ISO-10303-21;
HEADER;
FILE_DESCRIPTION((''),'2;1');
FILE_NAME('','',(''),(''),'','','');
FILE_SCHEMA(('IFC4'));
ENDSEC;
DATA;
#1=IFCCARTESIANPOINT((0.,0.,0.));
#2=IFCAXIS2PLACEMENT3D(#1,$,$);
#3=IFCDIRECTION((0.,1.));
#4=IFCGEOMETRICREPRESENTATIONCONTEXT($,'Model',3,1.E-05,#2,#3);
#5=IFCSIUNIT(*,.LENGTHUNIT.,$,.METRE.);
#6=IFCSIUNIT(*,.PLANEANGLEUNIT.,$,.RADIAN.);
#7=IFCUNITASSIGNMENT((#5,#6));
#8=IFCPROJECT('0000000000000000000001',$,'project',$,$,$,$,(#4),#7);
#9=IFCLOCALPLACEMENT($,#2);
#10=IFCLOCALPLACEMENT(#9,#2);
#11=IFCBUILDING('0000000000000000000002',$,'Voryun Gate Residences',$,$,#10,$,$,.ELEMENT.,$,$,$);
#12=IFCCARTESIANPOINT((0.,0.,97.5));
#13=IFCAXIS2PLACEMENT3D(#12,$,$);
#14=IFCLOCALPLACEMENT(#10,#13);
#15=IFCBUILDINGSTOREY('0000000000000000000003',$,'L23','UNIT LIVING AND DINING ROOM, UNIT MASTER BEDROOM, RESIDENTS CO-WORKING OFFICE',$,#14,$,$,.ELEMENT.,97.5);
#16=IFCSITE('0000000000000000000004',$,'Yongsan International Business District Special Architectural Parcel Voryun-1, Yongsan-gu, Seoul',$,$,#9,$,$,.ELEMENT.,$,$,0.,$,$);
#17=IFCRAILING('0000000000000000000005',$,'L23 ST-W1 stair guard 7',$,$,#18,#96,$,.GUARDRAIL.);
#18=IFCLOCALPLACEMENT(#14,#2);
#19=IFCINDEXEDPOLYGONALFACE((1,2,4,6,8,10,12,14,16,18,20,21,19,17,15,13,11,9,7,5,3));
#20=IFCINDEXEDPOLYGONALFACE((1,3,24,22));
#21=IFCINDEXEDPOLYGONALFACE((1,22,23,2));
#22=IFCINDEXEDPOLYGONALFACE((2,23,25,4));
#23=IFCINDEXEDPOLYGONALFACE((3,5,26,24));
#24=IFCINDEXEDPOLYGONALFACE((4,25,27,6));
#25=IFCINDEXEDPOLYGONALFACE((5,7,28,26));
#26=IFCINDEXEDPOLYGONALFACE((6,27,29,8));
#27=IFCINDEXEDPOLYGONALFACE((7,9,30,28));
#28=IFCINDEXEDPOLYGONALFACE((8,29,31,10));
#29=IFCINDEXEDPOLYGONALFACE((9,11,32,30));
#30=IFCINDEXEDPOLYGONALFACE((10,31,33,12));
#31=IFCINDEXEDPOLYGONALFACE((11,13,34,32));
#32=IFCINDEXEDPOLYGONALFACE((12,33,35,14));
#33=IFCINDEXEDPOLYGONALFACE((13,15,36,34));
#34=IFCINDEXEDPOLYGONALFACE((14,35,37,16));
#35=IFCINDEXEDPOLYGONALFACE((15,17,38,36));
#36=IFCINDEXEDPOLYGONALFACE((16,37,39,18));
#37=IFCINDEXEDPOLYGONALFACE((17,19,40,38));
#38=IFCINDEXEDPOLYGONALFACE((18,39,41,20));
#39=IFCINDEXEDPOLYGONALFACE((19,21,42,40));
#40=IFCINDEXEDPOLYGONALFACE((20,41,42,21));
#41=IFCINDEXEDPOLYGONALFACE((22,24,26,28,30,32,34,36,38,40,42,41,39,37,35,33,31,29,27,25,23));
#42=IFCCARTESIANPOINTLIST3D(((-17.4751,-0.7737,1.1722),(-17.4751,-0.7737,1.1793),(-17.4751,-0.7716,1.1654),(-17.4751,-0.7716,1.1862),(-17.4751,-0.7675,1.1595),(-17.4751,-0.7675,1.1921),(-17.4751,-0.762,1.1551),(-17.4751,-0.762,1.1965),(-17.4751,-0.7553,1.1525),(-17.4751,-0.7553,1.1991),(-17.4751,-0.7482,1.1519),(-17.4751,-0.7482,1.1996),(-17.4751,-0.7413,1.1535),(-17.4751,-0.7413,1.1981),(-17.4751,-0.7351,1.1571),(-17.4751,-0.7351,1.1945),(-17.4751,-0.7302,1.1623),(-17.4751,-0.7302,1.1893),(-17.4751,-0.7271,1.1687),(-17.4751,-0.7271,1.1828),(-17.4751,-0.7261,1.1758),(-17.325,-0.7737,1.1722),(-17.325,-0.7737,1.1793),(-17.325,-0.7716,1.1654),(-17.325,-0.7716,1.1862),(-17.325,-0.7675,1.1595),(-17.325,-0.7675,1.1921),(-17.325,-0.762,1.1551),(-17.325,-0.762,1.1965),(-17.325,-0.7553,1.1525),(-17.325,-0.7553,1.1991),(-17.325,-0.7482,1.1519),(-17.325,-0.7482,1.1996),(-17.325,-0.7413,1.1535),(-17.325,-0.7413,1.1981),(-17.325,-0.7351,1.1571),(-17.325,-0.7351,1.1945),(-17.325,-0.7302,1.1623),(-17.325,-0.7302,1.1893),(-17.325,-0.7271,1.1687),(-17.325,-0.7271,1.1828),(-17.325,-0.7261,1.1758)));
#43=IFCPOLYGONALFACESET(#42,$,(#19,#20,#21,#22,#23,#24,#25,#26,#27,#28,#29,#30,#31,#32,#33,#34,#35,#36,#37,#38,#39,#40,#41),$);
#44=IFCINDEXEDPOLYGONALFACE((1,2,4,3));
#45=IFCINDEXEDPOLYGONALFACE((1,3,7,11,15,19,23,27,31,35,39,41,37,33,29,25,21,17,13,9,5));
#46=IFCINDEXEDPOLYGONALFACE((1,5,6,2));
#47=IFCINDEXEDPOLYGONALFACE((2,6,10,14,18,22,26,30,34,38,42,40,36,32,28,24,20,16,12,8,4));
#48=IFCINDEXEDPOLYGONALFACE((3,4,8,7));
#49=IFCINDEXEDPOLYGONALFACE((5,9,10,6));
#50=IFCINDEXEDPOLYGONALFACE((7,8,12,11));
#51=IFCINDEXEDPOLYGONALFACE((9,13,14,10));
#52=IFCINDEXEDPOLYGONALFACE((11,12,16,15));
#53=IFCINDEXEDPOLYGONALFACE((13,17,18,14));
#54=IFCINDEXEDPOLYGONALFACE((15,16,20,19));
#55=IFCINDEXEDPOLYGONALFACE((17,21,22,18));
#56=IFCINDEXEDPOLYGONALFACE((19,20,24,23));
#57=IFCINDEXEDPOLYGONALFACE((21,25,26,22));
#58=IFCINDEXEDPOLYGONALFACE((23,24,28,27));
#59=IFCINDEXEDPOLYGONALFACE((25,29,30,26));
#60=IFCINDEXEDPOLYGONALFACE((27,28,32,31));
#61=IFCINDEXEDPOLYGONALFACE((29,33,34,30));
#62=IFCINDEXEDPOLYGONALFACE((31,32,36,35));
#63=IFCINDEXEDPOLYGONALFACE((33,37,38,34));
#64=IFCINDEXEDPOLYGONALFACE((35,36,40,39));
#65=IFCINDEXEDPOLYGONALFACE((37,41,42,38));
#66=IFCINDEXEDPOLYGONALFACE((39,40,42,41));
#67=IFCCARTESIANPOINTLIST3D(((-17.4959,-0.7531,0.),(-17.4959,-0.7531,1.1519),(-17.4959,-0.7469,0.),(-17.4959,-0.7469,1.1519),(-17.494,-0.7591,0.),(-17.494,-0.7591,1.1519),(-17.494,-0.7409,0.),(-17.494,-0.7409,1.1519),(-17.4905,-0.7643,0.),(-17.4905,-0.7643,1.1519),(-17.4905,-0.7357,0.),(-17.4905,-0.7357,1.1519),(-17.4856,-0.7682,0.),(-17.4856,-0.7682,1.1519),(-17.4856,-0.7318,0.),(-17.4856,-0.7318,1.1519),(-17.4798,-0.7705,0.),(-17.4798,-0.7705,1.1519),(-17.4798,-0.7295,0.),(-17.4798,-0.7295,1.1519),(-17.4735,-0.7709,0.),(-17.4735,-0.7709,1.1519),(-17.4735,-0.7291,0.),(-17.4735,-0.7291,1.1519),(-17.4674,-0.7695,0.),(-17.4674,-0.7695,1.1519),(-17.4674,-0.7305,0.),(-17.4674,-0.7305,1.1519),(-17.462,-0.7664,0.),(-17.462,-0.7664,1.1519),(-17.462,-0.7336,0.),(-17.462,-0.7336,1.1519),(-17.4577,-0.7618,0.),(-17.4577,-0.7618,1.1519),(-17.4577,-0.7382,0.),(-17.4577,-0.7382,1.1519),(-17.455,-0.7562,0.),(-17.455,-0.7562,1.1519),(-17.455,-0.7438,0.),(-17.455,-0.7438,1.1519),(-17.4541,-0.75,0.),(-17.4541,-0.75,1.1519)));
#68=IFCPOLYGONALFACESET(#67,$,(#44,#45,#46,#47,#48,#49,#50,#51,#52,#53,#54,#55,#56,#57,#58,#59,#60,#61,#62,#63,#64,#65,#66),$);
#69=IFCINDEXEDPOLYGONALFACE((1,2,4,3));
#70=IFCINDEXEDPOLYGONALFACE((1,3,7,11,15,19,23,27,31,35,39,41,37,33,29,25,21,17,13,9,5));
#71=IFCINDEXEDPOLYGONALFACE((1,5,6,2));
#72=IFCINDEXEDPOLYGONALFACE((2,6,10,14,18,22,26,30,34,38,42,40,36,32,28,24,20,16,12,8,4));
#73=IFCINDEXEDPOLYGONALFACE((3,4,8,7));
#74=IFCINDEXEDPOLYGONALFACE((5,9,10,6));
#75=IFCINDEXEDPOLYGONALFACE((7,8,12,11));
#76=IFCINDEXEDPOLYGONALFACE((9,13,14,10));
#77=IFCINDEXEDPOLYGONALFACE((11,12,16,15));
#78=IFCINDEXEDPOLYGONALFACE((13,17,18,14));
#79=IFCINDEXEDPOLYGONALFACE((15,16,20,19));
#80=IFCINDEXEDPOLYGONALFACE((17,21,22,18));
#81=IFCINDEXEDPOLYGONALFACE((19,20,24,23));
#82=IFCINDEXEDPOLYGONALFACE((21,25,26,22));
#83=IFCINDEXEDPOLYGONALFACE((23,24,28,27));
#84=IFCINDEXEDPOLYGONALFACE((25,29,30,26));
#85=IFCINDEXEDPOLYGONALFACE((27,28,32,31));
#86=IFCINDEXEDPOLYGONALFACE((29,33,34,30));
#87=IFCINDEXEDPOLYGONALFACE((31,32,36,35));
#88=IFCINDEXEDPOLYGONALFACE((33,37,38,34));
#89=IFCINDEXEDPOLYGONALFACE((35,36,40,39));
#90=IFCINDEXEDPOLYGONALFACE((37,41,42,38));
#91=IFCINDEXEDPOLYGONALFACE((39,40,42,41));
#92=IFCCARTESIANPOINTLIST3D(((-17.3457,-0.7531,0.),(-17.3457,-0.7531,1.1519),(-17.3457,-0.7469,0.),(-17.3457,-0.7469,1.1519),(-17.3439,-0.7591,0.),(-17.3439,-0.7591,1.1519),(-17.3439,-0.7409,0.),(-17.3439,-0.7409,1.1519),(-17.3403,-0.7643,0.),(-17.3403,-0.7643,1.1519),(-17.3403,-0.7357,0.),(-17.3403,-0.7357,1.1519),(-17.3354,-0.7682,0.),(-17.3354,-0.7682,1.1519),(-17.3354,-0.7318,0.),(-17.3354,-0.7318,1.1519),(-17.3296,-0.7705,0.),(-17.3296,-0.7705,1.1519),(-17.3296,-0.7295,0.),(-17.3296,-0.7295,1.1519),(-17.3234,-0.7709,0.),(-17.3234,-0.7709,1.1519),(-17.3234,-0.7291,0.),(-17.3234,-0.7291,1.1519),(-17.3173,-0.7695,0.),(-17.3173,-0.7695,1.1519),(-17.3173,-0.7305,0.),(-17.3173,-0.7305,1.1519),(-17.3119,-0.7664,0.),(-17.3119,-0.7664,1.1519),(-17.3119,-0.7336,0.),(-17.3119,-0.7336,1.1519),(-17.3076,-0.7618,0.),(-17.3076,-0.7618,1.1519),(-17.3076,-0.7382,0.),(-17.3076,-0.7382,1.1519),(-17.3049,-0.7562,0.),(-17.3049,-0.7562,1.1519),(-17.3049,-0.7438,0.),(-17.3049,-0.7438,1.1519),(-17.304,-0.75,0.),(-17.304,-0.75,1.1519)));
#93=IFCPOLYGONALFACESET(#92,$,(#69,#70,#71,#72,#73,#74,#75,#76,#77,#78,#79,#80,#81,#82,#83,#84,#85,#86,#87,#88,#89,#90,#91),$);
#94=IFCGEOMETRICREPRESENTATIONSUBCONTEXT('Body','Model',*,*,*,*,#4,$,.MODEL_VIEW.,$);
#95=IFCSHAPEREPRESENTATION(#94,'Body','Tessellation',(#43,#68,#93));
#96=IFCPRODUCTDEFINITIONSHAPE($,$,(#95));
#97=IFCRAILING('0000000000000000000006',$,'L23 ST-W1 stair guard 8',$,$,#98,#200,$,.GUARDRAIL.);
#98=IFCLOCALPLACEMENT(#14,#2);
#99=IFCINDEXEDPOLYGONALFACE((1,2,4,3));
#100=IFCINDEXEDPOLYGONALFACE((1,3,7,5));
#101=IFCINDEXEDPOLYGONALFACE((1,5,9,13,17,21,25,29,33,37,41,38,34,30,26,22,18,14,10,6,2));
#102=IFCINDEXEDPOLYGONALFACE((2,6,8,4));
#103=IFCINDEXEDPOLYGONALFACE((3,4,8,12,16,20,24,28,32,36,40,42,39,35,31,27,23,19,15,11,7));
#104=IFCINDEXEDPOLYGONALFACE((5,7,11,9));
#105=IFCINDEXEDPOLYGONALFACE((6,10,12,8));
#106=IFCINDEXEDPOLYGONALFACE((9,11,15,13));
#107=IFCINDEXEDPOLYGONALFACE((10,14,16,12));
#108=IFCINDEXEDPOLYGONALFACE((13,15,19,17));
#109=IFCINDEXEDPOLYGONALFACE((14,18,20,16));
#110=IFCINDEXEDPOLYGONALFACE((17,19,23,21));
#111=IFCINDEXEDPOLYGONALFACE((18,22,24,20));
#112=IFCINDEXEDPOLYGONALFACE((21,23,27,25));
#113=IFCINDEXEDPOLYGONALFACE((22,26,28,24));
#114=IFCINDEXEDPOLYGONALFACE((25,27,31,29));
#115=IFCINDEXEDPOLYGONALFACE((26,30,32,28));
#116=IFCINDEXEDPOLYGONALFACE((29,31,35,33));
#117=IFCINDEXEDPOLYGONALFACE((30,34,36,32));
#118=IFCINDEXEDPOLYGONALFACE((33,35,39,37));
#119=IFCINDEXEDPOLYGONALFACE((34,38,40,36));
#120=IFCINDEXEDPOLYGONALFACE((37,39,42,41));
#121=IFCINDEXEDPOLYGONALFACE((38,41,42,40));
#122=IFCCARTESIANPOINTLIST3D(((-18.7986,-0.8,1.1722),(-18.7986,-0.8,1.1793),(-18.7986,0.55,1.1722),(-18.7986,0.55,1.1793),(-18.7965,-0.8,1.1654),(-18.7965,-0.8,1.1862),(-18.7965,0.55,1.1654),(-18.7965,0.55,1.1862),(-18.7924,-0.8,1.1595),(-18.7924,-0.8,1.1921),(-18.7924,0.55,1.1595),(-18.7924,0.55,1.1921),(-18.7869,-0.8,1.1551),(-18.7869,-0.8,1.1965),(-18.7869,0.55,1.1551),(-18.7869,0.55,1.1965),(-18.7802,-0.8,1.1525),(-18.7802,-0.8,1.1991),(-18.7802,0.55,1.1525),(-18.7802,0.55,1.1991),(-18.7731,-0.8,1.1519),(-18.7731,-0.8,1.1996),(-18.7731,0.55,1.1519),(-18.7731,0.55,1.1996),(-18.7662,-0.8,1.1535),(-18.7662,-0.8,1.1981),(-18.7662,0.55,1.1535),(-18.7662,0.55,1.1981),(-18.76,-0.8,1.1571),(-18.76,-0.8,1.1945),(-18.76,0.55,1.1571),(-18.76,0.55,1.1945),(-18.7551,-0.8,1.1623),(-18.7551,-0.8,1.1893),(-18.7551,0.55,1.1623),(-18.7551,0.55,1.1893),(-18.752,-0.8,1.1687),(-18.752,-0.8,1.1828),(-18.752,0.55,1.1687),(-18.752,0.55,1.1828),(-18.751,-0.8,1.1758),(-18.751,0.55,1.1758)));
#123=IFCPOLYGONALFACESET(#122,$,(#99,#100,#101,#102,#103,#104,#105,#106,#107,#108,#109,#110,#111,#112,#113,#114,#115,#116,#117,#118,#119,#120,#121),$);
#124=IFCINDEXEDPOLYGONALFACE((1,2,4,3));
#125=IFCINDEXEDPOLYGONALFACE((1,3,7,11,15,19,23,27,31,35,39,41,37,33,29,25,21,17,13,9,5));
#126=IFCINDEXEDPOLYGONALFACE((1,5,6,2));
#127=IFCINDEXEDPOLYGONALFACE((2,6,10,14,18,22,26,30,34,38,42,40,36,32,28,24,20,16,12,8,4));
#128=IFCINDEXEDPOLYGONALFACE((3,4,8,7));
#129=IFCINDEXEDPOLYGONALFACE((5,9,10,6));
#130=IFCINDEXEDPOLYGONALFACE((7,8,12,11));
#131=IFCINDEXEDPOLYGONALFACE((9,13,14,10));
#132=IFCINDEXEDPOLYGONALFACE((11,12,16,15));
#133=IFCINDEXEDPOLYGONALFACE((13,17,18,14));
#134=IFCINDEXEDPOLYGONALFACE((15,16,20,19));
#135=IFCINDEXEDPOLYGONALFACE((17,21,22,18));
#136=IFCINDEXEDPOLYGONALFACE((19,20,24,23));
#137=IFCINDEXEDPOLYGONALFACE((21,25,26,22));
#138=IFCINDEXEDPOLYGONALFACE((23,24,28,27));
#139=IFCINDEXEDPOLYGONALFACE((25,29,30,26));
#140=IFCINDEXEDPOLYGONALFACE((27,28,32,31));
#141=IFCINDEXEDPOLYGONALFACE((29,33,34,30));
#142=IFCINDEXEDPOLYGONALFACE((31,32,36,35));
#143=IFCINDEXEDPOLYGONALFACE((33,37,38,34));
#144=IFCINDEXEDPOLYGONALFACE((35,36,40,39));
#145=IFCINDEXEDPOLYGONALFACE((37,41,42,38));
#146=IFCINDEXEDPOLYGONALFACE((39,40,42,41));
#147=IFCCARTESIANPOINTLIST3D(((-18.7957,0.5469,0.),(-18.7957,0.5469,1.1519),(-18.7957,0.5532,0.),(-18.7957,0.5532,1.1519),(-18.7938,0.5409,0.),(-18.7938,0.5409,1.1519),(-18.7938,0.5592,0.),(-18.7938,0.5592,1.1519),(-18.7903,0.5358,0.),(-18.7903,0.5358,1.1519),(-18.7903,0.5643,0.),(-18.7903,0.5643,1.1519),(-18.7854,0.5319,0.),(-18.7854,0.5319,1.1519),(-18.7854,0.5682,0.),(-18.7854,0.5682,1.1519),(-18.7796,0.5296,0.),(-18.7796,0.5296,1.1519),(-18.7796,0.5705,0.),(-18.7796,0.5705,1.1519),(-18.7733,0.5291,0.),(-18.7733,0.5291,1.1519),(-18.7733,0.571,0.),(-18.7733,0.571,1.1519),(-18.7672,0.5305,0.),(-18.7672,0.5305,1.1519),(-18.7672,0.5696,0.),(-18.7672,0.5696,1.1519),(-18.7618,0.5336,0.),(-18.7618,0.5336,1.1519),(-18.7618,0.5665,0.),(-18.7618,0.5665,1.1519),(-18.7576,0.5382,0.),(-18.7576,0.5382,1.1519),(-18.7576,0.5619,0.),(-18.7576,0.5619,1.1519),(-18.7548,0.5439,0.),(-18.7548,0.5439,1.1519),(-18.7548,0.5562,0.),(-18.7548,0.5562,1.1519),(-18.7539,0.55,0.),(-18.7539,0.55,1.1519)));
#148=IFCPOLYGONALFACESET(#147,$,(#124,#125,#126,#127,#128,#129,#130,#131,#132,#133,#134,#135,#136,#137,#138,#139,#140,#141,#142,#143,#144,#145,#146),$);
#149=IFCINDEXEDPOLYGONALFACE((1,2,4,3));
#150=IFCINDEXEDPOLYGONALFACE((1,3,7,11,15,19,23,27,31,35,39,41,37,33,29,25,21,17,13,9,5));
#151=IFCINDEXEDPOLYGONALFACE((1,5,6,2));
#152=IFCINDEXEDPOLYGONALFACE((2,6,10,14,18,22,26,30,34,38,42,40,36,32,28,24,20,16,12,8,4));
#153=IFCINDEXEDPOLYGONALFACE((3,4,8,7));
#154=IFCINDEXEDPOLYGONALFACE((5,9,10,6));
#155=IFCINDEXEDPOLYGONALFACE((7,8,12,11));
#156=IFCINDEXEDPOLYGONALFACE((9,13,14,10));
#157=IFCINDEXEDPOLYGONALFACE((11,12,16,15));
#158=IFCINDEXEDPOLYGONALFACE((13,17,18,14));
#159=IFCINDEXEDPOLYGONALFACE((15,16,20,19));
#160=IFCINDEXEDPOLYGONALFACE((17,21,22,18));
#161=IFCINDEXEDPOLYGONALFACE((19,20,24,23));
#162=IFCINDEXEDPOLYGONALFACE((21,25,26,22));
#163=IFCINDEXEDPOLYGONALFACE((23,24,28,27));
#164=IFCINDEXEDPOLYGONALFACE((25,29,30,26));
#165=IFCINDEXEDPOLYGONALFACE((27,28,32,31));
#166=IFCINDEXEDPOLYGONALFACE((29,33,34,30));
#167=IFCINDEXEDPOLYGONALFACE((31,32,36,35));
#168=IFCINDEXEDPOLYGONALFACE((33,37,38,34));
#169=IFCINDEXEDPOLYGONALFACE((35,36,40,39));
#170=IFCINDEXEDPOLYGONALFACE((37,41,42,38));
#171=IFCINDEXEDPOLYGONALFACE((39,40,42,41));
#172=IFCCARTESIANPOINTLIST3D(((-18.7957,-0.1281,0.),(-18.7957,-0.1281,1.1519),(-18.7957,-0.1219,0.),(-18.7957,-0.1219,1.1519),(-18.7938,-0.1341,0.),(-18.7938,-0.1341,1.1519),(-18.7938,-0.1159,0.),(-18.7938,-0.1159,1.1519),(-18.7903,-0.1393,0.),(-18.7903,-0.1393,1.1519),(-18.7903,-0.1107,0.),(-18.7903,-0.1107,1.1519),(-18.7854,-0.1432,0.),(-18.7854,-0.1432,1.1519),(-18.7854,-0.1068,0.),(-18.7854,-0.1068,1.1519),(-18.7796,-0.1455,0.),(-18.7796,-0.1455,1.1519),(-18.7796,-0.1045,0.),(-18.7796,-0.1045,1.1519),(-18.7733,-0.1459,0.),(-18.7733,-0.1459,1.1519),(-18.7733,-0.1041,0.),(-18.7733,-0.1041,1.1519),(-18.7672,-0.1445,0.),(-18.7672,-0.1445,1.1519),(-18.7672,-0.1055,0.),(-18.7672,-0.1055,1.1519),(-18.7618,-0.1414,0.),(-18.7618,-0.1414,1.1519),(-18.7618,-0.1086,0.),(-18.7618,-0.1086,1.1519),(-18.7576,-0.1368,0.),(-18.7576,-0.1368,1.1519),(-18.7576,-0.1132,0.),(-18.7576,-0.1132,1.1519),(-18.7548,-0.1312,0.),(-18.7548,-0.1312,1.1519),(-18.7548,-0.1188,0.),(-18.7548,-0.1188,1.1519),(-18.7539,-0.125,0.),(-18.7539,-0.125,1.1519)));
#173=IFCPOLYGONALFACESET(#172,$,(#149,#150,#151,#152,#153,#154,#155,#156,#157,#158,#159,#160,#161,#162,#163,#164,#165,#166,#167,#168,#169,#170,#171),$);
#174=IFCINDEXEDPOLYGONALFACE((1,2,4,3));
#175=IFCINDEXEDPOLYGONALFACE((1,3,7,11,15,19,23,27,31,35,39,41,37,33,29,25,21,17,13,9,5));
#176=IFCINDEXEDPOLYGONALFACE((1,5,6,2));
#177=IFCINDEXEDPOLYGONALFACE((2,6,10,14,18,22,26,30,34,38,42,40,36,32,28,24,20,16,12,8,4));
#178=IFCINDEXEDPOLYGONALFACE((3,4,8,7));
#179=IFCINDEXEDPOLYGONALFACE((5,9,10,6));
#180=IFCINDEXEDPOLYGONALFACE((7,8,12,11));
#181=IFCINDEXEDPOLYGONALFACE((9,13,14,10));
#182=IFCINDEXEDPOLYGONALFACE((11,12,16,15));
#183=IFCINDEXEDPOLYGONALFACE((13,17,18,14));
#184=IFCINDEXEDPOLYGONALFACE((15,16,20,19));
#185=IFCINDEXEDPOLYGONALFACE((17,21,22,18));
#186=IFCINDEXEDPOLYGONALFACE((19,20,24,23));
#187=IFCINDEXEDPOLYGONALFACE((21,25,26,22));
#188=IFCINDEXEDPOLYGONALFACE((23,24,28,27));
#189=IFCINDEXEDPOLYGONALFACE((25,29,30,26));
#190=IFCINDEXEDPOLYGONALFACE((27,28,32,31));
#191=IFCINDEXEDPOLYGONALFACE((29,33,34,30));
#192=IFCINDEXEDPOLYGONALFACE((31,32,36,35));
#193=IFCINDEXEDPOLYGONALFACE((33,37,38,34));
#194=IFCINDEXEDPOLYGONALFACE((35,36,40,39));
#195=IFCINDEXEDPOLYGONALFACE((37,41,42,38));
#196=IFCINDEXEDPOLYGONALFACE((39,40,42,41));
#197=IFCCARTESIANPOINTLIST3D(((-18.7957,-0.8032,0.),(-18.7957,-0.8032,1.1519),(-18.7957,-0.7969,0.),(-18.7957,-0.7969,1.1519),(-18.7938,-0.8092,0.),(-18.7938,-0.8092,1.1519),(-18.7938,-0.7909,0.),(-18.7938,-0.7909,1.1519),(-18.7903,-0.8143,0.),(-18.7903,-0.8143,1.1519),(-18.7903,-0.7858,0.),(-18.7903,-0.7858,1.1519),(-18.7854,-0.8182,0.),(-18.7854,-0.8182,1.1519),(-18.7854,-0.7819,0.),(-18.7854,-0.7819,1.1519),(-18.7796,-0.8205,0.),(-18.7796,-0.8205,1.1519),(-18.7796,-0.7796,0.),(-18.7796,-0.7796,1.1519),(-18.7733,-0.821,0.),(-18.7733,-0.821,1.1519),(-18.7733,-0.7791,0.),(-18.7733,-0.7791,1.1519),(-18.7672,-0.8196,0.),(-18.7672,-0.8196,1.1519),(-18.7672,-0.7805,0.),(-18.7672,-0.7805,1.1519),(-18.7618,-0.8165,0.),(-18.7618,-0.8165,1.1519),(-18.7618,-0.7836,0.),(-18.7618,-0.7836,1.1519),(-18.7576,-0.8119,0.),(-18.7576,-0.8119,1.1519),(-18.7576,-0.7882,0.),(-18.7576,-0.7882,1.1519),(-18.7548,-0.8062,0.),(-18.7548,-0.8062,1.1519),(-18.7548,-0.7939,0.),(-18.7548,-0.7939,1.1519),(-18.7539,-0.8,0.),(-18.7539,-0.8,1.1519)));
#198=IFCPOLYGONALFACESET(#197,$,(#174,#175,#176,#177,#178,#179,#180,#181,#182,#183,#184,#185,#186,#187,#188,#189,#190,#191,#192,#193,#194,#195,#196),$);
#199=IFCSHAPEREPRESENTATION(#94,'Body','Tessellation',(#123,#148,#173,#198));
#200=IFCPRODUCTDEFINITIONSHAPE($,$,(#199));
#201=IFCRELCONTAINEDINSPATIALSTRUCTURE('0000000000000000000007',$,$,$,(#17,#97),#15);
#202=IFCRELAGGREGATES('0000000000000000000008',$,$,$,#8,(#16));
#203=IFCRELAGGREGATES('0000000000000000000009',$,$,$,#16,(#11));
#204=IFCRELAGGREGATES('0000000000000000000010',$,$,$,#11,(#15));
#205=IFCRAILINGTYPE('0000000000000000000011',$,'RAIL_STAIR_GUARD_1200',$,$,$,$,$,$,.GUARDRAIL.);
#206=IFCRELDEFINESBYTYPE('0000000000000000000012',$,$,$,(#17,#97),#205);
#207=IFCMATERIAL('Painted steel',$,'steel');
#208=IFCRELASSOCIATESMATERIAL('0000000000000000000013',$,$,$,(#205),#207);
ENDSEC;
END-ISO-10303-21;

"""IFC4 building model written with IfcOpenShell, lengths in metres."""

from ifc_helpers import new_model, si_unit, direction, frame, origin, origin_2d, place, context, subcontext, project, spatial, circle, extrude, material, type_object, element, save


model = new_model("IFC4")

# Units and contexts
model_context = context("Model", 3, precision=1e-05, world=origin(), true_north=direction((0.0, 1.0)))
body_context = subcontext(model_context, "Body", "Model", "MODEL_VIEW")
ifc_project = project(units=[si_unit("LENGTHUNIT", "METRE"), si_unit("PLANEANGLEUNIT", "RADIAN")], contexts=[model_context])

# Site, building, storey
site_placement = place(None, origin())
site = spatial("IfcSite", under=ifc_project, at=site_placement, Name="Yongsan International Business District Special Architectural Parcel Voryun-1, Yongsan-gu, Seoul", CompositionType="ELEMENT", RefElevation=0.0)
building_placement = place(site_placement, origin())
building = spatial("IfcBuilding", under=site, at=building_placement, Name="Voryun Gate Residences", CompositionType="ELEMENT")
storey_placement = place(building_placement, frame((0.0, 0.0, 97.5)))
storey = spatial("IfcBuildingStorey", under=building, at=storey_placement, Name="L23", Description="UNIT LIVING AND DINING ROOM, UNIT MASTER BEDROOM, RESIDENTS CO-WORKING OFFICE", CompositionType="ELEMENT", Elevation=97.5)

# Railings
ifc_material_1 = material(Name="Painted steel", Category="steel")
railing_type_1 = type_object("IfcRailingType", Name="RAIL_STAIR_GUARD_1200", PredefinedType="GUARDRAIL", material=ifc_material_1)
railing_1_placement = place(storey_placement, frame((-17.4751, -0.75, 0.0)))
element("IfcRailing", 1, at=railing_1_placement, inside=storey, type_object=railing_type_1, Name="L23 ST-W1 stair guard 7", PredefinedType="GUARDRAIL", context=body_context, shape_type="SweptSolid", body=[
    extrude(circle(Radius=0.0239, at=origin_2d()), frame((0.0, 0.0, 1.1758), z_axis=(1.0, 0.0, 0.0), x_axis=(0.0, 1.0, 0.0)), (0.0, 0.0, 1.0), 0.1501),
    extrude(circle(Radius=0.021, at=origin_2d()), origin(), (0.0, 0.0, 1.0), 1.1519),
    extrude(circle(Radius=0.021, at=origin_2d()), frame((0.1501, 0.0, 0.0)), (0.0, 0.0, 1.0), 1.1519),
])
railing_2_placement = place(storey_placement, frame((-18.7749, 0.55, 0.0)))
element("IfcRailing", 2, at=railing_2_placement, inside=storey, type_object=railing_type_1, Name="L23 ST-W1 stair guard 8", PredefinedType="GUARDRAIL", context=body_context, shape_type="SweptSolid", body=[
    extrude(circle(Radius=0.0239, at=origin_2d()), frame((0.0, 0.0, 1.1758), z_axis=(0.0, -1.0, 0.0), x_axis=(1.0, 0.0, 0.0)), (0.0, 0.0, 1.0), 1.3501),
    extrude(circle(Radius=0.021, at=origin_2d()), origin(), (0.0, 0.0, 1.0), 1.1519),
    extrude(circle(Radius=0.021, at=origin_2d()), frame((0.0, -0.675, 0.0)), (0.0, 0.0, 1.0), 1.1519),
    extrude(circle(Radius=0.021, at=origin_2d()), frame((0.0, -1.3501, 0.0)), (0.0, 0.0, 1.0), 1.1519),
])

save(model, "model.ifc")
